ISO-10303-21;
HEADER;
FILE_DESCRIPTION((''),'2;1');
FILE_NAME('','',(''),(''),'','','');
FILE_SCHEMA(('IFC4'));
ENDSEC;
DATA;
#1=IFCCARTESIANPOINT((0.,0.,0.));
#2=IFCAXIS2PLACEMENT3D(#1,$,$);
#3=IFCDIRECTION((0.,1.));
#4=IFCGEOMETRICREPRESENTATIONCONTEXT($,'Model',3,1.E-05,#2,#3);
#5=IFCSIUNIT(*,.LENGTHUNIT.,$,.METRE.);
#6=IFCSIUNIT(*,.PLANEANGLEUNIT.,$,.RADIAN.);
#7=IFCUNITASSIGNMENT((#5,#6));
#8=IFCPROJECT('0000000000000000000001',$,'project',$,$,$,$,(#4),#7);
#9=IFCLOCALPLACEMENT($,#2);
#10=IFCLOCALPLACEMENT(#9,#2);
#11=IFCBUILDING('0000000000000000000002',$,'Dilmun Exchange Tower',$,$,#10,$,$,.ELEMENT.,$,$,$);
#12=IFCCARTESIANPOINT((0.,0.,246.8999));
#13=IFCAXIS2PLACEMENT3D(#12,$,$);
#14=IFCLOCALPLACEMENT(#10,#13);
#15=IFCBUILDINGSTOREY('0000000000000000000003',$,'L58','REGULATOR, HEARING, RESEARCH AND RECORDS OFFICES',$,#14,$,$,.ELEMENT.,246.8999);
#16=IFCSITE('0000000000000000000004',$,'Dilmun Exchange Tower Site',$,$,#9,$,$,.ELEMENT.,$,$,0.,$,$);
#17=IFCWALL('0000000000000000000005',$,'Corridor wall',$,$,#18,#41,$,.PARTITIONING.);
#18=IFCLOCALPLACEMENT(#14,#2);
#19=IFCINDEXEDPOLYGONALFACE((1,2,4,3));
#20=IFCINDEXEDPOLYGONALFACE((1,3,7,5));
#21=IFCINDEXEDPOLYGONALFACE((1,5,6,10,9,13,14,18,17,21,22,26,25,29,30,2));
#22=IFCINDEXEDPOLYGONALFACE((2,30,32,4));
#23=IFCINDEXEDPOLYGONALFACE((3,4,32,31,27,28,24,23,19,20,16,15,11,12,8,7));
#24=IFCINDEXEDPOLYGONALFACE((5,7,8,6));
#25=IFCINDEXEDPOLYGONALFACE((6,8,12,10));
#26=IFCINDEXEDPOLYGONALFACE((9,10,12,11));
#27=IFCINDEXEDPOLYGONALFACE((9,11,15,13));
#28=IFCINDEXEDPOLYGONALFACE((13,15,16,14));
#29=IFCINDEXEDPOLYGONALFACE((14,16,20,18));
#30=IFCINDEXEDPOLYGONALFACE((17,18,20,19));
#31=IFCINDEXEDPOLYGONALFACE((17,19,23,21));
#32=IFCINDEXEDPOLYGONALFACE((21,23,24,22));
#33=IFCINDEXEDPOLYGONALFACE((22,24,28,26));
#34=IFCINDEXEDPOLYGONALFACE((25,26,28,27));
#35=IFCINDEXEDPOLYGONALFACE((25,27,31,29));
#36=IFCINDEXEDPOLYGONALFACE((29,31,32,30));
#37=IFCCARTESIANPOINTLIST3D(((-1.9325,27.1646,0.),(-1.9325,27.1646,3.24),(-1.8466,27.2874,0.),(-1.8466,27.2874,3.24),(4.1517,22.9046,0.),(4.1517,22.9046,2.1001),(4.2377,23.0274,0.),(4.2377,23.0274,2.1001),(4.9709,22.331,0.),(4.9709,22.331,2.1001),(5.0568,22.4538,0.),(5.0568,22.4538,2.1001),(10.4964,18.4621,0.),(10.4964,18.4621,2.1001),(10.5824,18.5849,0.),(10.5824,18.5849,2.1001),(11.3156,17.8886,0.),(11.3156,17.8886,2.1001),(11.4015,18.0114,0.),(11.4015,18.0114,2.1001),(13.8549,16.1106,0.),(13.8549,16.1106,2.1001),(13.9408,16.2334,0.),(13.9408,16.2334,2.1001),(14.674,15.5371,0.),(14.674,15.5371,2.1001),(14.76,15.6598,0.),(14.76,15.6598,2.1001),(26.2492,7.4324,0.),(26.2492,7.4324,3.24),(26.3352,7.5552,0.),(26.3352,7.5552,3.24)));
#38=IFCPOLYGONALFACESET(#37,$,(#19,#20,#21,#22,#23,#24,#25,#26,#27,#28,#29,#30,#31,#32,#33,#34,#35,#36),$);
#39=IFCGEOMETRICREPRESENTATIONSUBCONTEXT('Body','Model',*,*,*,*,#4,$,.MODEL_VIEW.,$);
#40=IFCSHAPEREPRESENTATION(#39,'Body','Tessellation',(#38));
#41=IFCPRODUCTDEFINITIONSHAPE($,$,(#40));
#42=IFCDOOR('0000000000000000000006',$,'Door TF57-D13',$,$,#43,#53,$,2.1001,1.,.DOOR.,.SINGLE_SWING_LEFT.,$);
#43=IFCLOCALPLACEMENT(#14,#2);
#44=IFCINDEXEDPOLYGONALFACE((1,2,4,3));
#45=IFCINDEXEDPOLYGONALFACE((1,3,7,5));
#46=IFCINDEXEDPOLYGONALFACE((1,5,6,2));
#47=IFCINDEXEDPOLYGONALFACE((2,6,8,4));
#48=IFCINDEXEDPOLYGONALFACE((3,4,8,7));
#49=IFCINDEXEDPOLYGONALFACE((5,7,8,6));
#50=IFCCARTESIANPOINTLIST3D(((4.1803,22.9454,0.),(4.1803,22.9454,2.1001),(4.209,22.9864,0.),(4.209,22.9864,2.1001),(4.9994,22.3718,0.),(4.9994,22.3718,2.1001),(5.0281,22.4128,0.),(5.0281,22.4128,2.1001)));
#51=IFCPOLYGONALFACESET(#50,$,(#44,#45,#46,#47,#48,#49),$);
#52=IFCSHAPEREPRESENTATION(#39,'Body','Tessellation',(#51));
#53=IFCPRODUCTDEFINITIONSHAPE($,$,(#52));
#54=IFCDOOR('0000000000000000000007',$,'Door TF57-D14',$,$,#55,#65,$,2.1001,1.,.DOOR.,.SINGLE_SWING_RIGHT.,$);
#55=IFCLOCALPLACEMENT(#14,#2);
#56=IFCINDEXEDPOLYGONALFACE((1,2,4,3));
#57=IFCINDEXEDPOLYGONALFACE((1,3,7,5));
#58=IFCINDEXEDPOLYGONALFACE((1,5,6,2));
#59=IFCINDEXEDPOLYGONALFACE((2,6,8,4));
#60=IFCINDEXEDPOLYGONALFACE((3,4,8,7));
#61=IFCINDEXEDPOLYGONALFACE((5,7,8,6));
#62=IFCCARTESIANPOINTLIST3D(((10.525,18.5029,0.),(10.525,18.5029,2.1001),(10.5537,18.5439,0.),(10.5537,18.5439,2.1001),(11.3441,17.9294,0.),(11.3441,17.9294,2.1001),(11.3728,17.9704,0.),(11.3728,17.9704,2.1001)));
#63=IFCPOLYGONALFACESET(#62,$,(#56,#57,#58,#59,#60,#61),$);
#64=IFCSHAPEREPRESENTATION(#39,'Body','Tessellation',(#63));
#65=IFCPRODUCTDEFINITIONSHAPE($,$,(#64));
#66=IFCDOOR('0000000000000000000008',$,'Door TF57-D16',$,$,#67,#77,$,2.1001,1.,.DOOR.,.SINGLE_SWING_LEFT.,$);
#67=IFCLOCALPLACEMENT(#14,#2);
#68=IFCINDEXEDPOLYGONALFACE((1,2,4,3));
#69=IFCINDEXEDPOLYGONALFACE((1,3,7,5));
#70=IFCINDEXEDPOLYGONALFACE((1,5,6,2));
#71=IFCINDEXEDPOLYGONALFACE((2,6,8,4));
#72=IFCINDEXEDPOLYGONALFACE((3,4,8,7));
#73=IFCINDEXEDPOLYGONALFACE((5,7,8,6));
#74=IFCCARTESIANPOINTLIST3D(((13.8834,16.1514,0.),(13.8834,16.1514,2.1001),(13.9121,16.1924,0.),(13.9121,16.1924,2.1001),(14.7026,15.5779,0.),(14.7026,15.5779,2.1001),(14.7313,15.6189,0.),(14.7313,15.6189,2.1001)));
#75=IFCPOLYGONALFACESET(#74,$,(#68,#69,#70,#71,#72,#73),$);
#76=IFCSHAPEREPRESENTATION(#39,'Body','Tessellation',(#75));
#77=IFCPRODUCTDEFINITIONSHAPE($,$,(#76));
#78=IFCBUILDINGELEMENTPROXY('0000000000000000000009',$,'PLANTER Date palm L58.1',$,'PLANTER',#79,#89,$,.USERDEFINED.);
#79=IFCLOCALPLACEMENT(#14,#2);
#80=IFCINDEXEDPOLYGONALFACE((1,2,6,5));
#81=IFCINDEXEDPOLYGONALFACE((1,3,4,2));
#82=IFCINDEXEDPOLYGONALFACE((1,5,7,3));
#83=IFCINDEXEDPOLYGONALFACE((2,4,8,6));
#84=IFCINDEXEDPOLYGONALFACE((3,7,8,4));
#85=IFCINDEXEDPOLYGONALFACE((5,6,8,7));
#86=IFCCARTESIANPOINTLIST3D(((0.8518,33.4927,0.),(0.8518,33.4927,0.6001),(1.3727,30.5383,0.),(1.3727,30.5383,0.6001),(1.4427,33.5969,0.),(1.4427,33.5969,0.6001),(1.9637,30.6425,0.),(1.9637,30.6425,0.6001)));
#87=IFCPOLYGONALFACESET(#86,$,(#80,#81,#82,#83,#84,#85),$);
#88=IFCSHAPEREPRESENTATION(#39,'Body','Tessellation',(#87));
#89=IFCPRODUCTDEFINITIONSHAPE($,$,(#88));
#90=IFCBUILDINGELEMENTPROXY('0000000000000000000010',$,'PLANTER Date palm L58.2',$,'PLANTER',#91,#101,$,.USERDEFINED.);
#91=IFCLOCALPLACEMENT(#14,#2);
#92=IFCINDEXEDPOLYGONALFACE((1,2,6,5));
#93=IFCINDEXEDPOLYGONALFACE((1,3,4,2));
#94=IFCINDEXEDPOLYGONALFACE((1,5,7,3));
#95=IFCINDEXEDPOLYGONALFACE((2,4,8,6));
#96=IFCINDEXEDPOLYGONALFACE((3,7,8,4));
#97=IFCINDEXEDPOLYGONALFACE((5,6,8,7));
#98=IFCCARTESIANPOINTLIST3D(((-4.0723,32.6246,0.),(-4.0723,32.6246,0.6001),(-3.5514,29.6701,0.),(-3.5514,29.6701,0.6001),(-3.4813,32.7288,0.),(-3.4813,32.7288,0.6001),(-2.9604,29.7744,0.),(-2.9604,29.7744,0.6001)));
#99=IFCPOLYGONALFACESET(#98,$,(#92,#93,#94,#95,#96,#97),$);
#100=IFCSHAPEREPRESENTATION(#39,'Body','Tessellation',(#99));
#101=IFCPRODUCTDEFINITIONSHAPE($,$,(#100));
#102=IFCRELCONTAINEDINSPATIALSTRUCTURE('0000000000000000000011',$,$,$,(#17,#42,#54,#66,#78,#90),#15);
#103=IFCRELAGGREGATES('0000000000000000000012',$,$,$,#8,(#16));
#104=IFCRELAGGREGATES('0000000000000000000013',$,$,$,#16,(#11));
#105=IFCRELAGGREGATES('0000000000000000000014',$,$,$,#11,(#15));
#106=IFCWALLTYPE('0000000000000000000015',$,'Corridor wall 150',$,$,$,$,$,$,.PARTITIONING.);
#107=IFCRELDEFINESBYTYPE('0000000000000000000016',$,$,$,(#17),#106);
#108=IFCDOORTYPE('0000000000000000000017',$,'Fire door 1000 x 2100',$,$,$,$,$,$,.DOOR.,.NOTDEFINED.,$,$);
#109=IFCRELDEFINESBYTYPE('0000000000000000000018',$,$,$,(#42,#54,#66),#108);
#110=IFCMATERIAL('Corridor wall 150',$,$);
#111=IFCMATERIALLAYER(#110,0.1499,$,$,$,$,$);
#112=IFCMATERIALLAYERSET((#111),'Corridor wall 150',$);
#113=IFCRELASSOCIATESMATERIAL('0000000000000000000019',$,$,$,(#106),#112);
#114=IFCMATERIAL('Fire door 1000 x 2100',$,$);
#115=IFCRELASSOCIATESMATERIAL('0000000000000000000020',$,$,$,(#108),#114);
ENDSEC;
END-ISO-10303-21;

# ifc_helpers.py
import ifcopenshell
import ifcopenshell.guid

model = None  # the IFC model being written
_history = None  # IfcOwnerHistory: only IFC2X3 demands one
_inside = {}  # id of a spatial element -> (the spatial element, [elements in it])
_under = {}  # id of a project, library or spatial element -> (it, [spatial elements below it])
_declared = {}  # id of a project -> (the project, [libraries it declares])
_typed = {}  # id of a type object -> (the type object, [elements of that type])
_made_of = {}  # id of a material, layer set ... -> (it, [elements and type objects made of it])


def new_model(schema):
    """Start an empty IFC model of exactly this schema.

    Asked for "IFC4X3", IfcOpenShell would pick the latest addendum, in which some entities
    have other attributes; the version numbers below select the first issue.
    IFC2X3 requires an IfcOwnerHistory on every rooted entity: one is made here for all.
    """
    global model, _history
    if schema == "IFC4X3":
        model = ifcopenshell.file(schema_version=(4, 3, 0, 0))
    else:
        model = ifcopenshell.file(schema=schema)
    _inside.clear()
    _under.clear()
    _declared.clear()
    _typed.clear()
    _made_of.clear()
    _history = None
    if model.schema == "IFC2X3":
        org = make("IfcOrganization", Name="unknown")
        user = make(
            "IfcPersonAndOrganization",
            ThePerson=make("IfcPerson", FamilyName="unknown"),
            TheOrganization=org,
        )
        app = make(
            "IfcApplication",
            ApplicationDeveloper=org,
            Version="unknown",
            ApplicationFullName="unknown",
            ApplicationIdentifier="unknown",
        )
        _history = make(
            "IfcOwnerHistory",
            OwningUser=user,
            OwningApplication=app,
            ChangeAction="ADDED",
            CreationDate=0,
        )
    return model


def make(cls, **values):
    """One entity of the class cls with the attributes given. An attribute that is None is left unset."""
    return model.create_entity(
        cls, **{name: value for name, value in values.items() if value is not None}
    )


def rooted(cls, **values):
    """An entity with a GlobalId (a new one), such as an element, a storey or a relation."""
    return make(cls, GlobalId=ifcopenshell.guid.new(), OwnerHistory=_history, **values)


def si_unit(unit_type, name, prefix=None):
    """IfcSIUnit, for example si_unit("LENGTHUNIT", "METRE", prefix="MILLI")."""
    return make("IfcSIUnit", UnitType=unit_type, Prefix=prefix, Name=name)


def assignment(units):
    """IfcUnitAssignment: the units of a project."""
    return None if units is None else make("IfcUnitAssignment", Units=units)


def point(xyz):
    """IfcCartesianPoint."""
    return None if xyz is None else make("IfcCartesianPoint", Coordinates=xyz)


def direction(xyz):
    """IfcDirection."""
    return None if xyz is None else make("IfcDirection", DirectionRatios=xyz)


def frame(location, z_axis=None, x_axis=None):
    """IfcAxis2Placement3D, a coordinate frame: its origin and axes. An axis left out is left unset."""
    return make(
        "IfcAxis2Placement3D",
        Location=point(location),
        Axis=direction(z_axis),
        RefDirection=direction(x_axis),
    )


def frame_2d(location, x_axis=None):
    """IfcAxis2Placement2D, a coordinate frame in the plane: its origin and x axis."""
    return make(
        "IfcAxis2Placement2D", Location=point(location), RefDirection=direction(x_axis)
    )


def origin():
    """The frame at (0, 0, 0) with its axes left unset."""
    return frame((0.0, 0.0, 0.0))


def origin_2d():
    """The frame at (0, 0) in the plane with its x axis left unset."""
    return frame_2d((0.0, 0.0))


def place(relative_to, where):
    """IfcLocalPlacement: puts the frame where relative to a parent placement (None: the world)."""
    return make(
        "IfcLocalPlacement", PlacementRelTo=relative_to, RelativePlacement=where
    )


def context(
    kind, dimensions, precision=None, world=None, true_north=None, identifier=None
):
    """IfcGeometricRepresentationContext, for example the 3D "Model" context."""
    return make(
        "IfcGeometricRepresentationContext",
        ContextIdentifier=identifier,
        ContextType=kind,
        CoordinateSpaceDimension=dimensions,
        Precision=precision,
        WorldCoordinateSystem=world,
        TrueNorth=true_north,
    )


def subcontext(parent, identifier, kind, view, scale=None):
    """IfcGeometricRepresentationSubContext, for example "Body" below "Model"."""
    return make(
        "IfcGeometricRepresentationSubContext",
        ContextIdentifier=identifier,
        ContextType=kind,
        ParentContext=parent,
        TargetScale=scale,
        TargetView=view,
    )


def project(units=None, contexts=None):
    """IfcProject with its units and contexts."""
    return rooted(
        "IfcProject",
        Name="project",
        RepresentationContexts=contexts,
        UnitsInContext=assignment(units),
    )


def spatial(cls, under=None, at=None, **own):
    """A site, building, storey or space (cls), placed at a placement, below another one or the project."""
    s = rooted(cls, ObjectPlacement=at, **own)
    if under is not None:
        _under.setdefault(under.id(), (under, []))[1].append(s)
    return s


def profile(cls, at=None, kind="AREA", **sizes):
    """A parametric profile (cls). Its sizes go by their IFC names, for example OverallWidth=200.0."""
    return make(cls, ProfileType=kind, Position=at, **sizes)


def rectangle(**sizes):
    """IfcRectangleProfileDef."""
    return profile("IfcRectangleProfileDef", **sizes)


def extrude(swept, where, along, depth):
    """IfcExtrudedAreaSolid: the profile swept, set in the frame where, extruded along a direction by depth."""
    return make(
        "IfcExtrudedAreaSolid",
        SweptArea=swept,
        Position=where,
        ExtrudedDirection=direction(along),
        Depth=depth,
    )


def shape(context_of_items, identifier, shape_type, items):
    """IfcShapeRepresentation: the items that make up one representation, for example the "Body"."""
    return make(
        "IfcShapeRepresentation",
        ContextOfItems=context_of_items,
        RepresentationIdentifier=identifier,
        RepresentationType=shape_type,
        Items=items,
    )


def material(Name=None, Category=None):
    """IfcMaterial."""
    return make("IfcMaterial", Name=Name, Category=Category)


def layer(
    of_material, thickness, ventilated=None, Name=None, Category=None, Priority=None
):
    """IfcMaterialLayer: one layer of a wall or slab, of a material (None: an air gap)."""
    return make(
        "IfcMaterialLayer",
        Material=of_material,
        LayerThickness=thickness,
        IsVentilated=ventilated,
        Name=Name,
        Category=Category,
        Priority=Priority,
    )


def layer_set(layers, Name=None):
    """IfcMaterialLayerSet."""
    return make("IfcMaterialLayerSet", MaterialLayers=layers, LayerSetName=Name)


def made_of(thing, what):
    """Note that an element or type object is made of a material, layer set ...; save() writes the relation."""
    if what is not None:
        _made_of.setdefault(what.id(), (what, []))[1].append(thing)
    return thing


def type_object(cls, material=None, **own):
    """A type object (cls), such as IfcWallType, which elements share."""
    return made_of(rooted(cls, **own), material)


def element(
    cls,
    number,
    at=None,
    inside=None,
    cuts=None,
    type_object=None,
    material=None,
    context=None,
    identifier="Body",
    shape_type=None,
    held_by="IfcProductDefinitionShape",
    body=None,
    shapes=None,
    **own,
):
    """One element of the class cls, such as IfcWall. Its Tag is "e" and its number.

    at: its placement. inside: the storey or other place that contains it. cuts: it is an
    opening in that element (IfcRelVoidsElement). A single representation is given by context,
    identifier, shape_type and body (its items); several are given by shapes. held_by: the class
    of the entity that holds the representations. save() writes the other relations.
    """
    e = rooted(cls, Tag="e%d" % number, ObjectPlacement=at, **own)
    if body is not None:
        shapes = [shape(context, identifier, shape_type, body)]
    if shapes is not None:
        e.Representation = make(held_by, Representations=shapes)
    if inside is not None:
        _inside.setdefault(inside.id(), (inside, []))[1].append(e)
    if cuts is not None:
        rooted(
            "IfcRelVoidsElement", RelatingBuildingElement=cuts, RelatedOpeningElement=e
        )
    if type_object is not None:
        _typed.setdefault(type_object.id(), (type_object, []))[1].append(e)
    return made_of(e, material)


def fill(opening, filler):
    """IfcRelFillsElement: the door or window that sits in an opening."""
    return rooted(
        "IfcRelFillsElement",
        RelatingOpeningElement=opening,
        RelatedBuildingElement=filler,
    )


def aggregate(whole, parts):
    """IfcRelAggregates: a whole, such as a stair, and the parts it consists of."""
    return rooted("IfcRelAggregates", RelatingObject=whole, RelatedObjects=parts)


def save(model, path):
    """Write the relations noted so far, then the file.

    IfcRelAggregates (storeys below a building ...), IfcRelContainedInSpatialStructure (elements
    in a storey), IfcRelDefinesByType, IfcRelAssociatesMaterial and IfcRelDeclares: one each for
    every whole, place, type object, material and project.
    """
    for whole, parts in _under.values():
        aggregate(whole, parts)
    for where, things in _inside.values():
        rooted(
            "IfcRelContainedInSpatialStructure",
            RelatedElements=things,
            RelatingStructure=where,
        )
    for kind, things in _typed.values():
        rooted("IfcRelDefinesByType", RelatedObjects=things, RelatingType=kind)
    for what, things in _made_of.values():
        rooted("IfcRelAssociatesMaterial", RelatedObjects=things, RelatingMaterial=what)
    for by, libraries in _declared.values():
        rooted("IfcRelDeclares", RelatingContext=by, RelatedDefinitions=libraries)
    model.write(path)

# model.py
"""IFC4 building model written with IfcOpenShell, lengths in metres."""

from ifc_helpers import new_model, si_unit, direction, frame, frame_2d, origin, origin_2d, place, context, subcontext, project, spatial, rectangle, extrude, material, layer, layer_set, type_object, element, fill, save


model = new_model("IFC4")

# Units and contexts
model_context = context("Model", 3, precision=1e-05, world=origin(), true_north=direction((0.0, 1.0)))
body_context = subcontext(model_context, "Body", "Model", "MODEL_VIEW")
ifc_project = project(units=[si_unit("LENGTHUNIT", "METRE"), si_unit("PLANEANGLEUNIT", "RADIAN")], contexts=[model_context])

# Site, building, storey
site_placement = place(None, origin())
site = spatial("IfcSite", under=ifc_project, at=site_placement, Name="Dilmun Exchange Tower Site", CompositionType="ELEMENT", RefElevation=0.0)
building_placement = place(site_placement, origin())
building = spatial("IfcBuilding", under=site, at=building_placement, Name="Dilmun Exchange Tower", CompositionType="ELEMENT")
storey_placement = place(building_placement, frame((0.0, 0.0, 246.8999)))
storey = spatial("IfcBuildingStorey", under=building, at=storey_placement, Name="L58", Description="REGULATOR, HEARING, RESEARCH AND RECORDS OFFICES", CompositionType="ELEMENT", Elevation=246.8999)

# Shared definitions
ifc_material_1 = material(Name="Corridor wall 150")
ifc_layer_1 = layer(ifc_material_1, 0.1499)
ifc_layer_set_1 = layer_set([ifc_layer_1], Name="Corridor wall 150")
wall_type_1 = type_object("IfcWallType", Name="Corridor wall 150", PredefinedType="PARTITIONING", material=ifc_layer_set_1)

# Wall, openings, doors
wall_1_placement = place(storey_placement, frame((-1.8896, 27.2261, 0.0), z_axis=(0.0, 0.0, 1.0), x_axis=(0.819163, -0.57356, 0.0)))
wall_1 = element("IfcWall", 1, at=wall_1_placement, inside=storey, type_object=wall_type_1, Name="Corridor wall", PredefinedType="PARTITIONING", context=body_context, shape_type="SweptSolid", body=[
    extrude(rectangle(XDim=34.4031, YDim=0.1499, at=frame_2d((17.2017, 0.0))), origin(), (0.0, 0.0, 1.0), 3.24),
])
opening_1_placement = place(wall_1_placement, frame((7.4275, 0.0, 0.0)))
opening_1 = element("IfcOpeningElement", 2, at=opening_1_placement, cuts=wall_1, PredefinedType="OPENING", context=body_context, shape_type="SweptSolid", body=[
    extrude(rectangle(XDim=1.0, YDim=2.1001, at=frame_2d((0.5, 1.05))), frame((0.0, 0.085, 0.0), z_axis=(0.0, -1.0, 0.0), x_axis=(1.0, 0.0, 0.0)), (0.0, 0.0, 1.0), 0.1699),
])
opening_2_placement = place(wall_1_placement, frame((15.1729, 0.0, 0.0)))
opening_2 = element("IfcOpeningElement", 3, at=opening_2_placement, cuts=wall_1, PredefinedType="OPENING", context=body_context, shape_type="SweptSolid", body=[
    extrude(rectangle(XDim=1.0, YDim=2.1001, at=frame_2d((0.5, 1.05))), frame((0.0, 0.085, 0.0), z_axis=(0.0, -1.0, 0.0), x_axis=(1.0, 0.0, 0.0)), (0.0, 0.0, 1.0), 0.1699),
])
opening_3_placement = place(wall_1_placement, frame((19.2727, 0.0, 0.0)))
opening_3 = element("IfcOpeningElement", 4, at=opening_3_placement, cuts=wall_1, PredefinedType="OPENING", context=body_context, shape_type="SweptSolid", body=[
    extrude(rectangle(XDim=1.0, YDim=2.1001, at=frame_2d((0.5, 1.05))), frame((0.0, 0.085, 0.0), z_axis=(0.0, -1.0, 0.0), x_axis=(1.0, 0.0, 0.0)), (0.0, 0.0, 1.0), 0.1699),
])
ifc_material_2 = material(Name="Fire door 1000 x 2100")
door_type_1 = type_object("IfcDoorType", Name="Fire door 1000 x 2100", OperationType="NOTDEFINED", PredefinedType="DOOR", material=ifc_material_2)
door_1_placement = place(opening_1_placement, origin())
door_1 = element("IfcDoor", 5, at=door_1_placement, inside=storey, type_object=door_type_1, Name="Door TF57-D13", OperationType="SINGLE_SWING_LEFT", OverallHeight=2.1001, OverallWidth=1.0, PredefinedType="DOOR", context=body_context, shape_type="SweptSolid", body=[
    extrude(rectangle(XDim=1.0, YDim=2.1001, at=frame_2d((0.5, 1.05))), frame((0.0, 0.0249, 0.0), z_axis=(0.0, -1.0, 0.0), x_axis=(1.0, 0.0, 0.0)), (0.0, 0.0, 1.0), 0.05),
])
fill(opening_1, door_1)
door_2_placement = place(opening_2_placement, origin())
door_2 = element("IfcDoor", 6, at=door_2_placement, inside=storey, type_object=door_type_1, Name="Door TF57-D14", OperationType="SINGLE_SWING_RIGHT", OverallHeight=2.1001, OverallWidth=1.0, PredefinedType="DOOR", context=body_context, shape_type="SweptSolid", body=[
    extrude(rectangle(XDim=1.0, YDim=2.1001, at=frame_2d((0.5, 1.05))), frame((0.0, 0.0249, 0.0), z_axis=(0.0, -1.0, 0.0), x_axis=(1.0, 0.0, 0.0)), (0.0, 0.0, 1.0), 0.05),
])
fill(opening_2, door_2)
door_3_placement = place(opening_3_placement, origin())
door_3 = element("IfcDoor", 7, at=door_3_placement, inside=storey, type_object=door_type_1, Name="Door TF57-D16", OperationType="SINGLE_SWING_LEFT", OverallHeight=2.1001, OverallWidth=1.0, PredefinedType="DOOR", context=body_context, shape_type="SweptSolid", body=[
    extrude(rectangle(XDim=1.0, YDim=2.1001, at=frame_2d((0.5, 1.05))), frame((0.0, 0.0249, 0.0), z_axis=(0.0, -1.0, 0.0), x_axis=(1.0, 0.0, 0.0)), (0.0, 0.0, 1.0), 0.05),
])
fill(opening_3, door_3)

# Building element proxies
for number, where, z_axis, x_axis, name in (
    (8, (1.4077, 32.0676, 0.0), (0.0, 0.0, 1.0), (-0.173648, 0.984808, 0.0), "PLANTER Date palm L58.1"),
    (9, (-3.5164, 31.1995, 0.0), (0.0, 0.0, 1.0), (-0.173648, 0.984808, 0.0), "PLANTER Date palm L58.2"),
):
    element("IfcBuildingElementProxy", number, at=place(storey_placement, frame(where, z_axis=z_axis, x_axis=x_axis)), inside=storey, Name=name, ObjectType="PLANTER", PredefinedType="USERDEFINED", context=body_context, shape_type="SweptSolid", body=[
        extrude(rectangle(XDim=3.0, YDim=0.6001, at=origin_2d()), origin(), (0.0, 0.0, 1.0), 0.6001),
    ])

save(model, "model.ifc")
